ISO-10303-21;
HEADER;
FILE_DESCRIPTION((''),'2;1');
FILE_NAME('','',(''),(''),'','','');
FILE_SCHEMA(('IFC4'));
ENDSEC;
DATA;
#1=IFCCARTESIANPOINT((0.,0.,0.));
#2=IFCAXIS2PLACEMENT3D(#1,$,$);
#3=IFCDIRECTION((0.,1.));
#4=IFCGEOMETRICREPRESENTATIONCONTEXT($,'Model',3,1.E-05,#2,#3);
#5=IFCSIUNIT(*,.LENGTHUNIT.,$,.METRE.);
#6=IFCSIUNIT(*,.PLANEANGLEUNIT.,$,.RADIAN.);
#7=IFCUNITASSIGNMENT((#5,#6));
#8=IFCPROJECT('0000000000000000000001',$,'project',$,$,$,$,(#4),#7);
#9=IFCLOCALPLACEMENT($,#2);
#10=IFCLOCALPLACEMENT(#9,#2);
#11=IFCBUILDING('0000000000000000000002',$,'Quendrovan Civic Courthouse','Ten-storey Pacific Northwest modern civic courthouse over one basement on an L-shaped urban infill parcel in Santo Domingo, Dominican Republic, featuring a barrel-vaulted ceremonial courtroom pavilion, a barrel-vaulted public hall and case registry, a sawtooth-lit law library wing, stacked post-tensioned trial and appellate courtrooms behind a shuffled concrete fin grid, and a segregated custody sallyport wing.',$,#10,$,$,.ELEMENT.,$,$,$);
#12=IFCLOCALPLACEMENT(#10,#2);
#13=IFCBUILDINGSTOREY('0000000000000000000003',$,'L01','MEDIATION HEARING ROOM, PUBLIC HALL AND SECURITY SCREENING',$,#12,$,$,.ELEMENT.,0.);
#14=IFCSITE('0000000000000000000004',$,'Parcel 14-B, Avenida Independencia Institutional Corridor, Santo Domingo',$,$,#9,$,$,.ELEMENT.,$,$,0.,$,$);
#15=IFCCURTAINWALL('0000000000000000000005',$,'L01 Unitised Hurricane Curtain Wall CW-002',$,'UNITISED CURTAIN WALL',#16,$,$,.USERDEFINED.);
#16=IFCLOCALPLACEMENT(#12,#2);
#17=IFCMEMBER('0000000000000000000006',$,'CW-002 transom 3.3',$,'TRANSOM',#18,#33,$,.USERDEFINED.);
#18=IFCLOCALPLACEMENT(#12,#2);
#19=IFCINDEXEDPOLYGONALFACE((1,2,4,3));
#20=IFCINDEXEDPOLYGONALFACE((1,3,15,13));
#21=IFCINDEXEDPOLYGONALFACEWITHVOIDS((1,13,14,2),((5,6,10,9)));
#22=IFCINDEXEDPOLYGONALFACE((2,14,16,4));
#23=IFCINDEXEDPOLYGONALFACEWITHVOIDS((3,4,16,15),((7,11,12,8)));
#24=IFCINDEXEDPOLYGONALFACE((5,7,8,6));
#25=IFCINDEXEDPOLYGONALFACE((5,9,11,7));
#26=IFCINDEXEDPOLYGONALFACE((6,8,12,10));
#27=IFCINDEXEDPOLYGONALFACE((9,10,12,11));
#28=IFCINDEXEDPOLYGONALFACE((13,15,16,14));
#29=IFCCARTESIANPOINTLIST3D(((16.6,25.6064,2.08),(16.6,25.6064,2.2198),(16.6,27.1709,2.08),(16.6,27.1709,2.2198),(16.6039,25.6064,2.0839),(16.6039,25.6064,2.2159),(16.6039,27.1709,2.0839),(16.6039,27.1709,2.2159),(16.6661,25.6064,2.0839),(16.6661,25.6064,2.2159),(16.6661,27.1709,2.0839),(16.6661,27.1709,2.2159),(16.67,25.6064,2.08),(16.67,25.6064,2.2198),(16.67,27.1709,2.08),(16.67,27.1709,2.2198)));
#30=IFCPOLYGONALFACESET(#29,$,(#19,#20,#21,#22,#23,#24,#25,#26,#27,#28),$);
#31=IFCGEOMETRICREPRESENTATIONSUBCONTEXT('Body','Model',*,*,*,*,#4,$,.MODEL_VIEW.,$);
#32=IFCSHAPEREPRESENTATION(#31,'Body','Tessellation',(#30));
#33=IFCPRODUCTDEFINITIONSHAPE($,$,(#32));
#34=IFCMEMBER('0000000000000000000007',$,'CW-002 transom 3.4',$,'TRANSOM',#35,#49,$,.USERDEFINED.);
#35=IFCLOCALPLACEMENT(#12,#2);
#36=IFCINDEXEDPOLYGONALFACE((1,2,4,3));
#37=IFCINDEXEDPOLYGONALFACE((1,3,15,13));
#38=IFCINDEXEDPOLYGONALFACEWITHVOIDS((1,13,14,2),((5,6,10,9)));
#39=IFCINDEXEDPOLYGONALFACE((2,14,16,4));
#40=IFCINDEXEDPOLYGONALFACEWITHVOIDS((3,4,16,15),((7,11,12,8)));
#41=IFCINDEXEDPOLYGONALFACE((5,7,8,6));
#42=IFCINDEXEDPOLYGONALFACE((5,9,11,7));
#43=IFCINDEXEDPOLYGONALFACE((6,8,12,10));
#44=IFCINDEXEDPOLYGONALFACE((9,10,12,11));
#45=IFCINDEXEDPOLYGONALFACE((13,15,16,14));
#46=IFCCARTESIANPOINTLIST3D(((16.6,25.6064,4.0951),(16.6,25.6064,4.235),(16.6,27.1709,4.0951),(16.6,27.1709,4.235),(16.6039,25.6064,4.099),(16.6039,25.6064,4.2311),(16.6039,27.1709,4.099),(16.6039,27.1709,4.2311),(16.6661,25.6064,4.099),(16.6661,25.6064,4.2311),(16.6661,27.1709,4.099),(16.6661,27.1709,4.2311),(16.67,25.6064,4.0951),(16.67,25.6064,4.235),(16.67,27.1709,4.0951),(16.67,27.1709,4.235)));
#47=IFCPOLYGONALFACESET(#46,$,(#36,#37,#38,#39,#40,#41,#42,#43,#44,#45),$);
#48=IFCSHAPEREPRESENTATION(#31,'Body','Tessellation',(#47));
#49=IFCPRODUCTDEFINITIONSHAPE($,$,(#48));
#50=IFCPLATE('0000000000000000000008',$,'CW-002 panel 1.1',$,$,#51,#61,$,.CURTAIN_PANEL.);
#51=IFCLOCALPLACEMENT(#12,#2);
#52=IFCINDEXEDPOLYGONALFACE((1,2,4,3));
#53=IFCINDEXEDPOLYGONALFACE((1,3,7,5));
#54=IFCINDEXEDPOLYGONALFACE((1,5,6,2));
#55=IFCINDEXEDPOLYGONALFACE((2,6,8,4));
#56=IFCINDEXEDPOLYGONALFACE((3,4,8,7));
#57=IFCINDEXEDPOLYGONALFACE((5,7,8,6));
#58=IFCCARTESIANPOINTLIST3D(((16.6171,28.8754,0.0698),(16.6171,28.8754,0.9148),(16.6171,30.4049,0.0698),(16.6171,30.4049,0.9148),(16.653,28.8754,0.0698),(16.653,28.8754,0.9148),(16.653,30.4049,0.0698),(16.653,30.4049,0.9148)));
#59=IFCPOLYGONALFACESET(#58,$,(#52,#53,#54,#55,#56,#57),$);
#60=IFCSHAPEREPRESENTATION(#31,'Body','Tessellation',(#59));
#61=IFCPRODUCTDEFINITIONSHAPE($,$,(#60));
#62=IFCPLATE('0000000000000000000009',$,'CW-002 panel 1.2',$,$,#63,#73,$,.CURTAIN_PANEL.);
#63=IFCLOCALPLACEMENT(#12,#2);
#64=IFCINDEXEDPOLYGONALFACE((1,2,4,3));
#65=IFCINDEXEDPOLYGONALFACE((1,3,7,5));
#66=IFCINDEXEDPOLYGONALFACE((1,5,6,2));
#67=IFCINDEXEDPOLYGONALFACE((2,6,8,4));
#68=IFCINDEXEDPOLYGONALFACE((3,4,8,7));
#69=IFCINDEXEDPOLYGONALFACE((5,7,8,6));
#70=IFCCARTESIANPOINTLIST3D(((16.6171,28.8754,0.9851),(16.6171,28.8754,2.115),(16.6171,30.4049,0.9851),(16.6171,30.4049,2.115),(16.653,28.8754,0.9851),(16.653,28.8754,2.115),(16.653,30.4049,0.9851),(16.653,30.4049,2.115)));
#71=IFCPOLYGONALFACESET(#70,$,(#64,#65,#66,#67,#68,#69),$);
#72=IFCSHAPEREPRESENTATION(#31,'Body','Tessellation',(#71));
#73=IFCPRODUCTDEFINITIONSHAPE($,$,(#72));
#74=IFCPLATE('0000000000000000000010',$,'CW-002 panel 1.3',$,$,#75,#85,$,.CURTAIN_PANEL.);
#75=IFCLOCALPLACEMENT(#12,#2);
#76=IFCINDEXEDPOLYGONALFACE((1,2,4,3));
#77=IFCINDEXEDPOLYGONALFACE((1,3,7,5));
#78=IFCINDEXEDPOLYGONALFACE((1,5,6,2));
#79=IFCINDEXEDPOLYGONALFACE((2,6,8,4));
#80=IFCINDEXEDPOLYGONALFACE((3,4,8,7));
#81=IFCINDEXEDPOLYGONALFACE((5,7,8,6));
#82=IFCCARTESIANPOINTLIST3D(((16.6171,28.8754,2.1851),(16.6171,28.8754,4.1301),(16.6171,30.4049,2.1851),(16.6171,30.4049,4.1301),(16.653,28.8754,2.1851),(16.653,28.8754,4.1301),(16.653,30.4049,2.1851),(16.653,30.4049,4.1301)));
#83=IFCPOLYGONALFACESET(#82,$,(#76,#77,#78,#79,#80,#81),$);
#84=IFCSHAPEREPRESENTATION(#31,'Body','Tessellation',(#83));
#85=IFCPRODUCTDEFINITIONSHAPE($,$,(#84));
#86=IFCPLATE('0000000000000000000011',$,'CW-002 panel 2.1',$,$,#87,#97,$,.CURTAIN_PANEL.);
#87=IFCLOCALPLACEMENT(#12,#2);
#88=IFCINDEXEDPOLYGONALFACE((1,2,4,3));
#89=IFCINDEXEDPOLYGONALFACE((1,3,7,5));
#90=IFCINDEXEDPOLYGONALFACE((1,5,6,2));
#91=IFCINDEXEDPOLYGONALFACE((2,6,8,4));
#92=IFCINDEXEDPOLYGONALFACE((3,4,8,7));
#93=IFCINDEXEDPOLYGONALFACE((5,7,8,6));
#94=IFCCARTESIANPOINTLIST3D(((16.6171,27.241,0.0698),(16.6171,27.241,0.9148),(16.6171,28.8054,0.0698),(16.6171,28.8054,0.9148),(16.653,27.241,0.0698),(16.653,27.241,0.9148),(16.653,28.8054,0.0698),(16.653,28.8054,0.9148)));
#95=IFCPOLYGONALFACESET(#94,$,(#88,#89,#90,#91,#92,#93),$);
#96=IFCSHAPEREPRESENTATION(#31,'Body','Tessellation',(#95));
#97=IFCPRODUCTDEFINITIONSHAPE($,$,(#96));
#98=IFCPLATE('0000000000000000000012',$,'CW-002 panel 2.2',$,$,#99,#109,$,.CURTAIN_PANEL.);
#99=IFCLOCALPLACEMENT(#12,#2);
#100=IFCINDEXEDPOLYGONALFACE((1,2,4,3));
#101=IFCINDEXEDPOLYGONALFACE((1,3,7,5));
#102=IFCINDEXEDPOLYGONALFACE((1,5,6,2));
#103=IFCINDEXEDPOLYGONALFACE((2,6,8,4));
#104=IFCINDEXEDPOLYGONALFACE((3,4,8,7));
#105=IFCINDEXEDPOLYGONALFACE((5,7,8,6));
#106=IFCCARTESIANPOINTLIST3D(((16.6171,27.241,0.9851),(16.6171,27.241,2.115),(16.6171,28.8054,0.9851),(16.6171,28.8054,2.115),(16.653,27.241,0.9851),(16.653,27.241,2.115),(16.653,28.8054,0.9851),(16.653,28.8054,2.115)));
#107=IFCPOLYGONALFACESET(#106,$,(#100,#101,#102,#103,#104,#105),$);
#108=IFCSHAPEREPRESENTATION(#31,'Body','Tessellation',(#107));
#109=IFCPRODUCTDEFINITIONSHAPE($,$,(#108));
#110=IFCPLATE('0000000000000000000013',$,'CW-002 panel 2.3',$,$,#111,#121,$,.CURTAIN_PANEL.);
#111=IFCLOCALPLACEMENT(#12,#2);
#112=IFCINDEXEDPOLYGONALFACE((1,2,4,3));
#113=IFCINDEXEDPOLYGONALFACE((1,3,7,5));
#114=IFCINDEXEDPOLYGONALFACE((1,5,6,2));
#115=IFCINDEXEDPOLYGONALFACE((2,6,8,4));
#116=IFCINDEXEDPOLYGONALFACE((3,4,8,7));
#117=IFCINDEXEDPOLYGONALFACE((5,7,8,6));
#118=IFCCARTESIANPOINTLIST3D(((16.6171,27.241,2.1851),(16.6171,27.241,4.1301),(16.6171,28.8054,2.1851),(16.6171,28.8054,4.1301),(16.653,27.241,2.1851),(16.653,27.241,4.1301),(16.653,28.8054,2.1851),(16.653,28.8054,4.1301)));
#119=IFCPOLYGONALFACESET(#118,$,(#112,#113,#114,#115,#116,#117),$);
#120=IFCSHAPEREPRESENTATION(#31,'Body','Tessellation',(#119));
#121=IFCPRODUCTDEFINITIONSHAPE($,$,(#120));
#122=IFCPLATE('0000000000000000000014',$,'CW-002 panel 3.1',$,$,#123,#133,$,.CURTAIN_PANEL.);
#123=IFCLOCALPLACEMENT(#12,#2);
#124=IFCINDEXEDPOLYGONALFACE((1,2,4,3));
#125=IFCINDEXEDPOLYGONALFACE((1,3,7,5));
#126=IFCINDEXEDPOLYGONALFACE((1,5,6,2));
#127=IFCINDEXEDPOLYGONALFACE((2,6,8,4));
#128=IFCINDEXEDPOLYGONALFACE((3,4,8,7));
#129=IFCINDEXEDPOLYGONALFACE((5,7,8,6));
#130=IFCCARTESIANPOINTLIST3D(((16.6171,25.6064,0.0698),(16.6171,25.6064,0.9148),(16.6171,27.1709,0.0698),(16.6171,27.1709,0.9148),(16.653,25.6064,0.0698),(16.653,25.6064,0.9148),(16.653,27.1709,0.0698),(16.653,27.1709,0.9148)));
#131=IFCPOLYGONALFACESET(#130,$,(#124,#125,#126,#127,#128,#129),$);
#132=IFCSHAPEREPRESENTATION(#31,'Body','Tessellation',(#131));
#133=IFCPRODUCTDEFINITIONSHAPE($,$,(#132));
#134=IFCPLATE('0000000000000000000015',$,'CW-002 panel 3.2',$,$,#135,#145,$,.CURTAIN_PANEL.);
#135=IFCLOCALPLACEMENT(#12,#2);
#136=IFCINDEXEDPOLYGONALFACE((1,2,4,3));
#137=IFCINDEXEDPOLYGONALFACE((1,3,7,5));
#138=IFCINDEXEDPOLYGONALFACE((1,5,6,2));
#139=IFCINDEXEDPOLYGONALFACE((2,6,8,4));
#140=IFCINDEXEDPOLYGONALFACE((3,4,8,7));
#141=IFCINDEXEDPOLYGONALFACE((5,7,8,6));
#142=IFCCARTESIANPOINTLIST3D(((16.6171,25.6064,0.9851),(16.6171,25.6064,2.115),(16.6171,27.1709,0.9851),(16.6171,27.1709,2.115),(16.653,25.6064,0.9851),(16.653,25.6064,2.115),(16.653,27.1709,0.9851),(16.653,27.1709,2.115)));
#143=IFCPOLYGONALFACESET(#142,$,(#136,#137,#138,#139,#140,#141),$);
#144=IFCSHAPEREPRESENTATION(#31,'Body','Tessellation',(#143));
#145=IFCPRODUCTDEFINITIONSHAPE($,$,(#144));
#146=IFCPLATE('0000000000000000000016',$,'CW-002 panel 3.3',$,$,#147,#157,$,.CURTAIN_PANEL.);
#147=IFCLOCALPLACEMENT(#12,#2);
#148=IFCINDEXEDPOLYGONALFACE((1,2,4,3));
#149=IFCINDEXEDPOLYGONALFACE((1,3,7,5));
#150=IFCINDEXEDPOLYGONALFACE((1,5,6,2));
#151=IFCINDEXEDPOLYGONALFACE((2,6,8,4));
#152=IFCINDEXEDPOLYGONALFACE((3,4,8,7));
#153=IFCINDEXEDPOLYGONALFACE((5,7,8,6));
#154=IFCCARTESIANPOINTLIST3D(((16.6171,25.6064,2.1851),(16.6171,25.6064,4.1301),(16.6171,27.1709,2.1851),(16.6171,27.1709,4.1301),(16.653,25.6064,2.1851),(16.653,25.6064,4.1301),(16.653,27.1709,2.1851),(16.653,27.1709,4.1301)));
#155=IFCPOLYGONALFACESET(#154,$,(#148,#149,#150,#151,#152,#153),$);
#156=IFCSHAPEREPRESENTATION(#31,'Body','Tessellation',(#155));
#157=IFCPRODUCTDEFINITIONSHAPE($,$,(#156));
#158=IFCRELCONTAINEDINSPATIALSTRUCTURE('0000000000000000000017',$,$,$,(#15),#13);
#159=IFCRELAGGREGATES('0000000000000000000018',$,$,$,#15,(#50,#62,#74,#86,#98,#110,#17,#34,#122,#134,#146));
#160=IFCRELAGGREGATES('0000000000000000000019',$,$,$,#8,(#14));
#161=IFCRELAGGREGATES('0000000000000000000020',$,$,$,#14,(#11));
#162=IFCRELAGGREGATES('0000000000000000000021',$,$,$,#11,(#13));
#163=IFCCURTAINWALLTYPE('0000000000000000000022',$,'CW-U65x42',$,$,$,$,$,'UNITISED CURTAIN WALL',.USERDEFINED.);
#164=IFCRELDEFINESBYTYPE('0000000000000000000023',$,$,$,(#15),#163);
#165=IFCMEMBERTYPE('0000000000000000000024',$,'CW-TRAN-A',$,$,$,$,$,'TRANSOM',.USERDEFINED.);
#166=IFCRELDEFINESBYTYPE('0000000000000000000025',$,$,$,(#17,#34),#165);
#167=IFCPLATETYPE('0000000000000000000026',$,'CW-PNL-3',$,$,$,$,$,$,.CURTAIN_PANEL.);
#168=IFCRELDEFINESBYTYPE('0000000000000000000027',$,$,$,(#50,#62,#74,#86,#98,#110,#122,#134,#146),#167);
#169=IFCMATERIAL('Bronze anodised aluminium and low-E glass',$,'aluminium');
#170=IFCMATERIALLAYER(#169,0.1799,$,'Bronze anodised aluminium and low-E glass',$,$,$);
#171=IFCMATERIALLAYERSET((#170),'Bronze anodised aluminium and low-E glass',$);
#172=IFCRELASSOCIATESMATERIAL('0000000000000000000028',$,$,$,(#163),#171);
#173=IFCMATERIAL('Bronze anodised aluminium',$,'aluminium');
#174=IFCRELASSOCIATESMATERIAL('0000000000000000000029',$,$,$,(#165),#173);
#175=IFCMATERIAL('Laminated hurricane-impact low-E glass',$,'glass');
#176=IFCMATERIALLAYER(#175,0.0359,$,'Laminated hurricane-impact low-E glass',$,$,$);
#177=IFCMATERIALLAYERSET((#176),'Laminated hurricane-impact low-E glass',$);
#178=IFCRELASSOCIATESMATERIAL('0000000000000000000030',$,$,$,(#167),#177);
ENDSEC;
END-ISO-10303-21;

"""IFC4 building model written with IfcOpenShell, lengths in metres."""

from ifc_helpers import new_model, si_unit, direction, frame, origin, origin_2d, place, context, subcontext, project, spatial, rectangle, hollow_rectangle, extrude, material, layer, layer_set, material_profile, profile_set, type_object, element, aggregate, save


model = new_model("IFC4")

# Units and contexts
model_context = context("Model", 3, precision=1e-05, world=origin(), true_north=direction((0.0, 1.0)))
body_context = subcontext(model_context, "Body", "Model", "MODEL_VIEW")
ifc_project = project(units=[si_unit("LENGTHUNIT", "METRE"), si_unit("PLANEANGLEUNIT", "RADIAN")], contexts=[model_context])

# Site, building, storey
site_placement = place(None, origin())
site = spatial("IfcSite", under=ifc_project, at=site_placement, Name="Parcel 14-B, Avenida Independencia Institutional Corridor, Santo Domingo", CompositionType="ELEMENT", RefElevation=0.0)
building_placement = place(site_placement, origin())
building = spatial("IfcBuilding", under=site, at=building_placement, Name="Quendrovan Civic Courthouse", Description="Ten-storey Pacific Northwest modern civic courthouse over one basement on an L-shaped urban infill parcel in Santo Domingo, Dominican Republic, featuring a barrel-vaulted ceremonial courtroom pavilion, a barrel-vaulted public hall and case registry, a sawtooth-lit law library wing, stacked post-tensioned trial and appellate courtrooms behind a shuffled concrete fin grid, and a segregated custody sallyport wing.", CompositionType="ELEMENT")
storey_placement = place(building_placement, origin())
storey = spatial("IfcBuildingStorey", under=building, at=storey_placement, Name="L01", Description="MEDIATION HEARING ROOM, PUBLIC HALL AND SECURITY SCREENING", CompositionType="ELEMENT", Elevation=0.0)

# Curtain wall, members, plates
ifc_material_1 = material(Name="Bronze anodised aluminium and low-E glass", Category="aluminium")
ifc_layer_1 = layer(ifc_material_1, 0.1799, Name="Bronze anodised aluminium and low-E glass")
ifc_layer_set_1 = layer_set([ifc_layer_1], Name="Bronze anodised aluminium and low-E glass")
curtain_wall_type = type_object("IfcCurtainWallType", Name="CW-U65x42", ElementType="UNITISED CURTAIN WALL", PredefinedType="USERDEFINED", material=ifc_layer_set_1)
curtain_wall_placement = place(storey_placement, origin())
curtain_wall = element("IfcCurtainWall", 1, at=curtain_wall_placement, inside=storey, type_object=curtain_wall_type, Name="L01 Unitised Hurricane Curtain Wall CW-002", ObjectType="UNITISED CURTAIN WALL", PredefinedType="USERDEFINED")
ifc_material_2 = material(Name="Bronze anodised aluminium", Category="aluminium")
ifc_material_profile_1 = material_profile(ifc_material_2, hollow_rectangle(XDim=0.0701, YDim=0.1399, WallThickness=0.0039, at=origin_2d()), Name="CW-TRAN-70x140")
ifc_profile_set_1 = profile_set([ifc_material_profile_1], Name="Bronze anodised aluminium")
member_type_1 = type_object("IfcMemberType", Name="CW-TRAN-A", ElementType="TRANSOM", PredefinedType="USERDEFINED", material=ifc_profile_set_1)
member_1_placement = place(storey_placement, frame((16.635, 27.1709, 2.1499), z_axis=(0.0, -1.0, 0.0), x_axis=(1.0, 0.0, 0.0)))
member_1 = element("IfcMember", 2, at=member_1_placement, type_object=member_type_1, Name="CW-002 transom 3.3", ObjectType="TRANSOM", PredefinedType="USERDEFINED", context=body_context, shape_type="SweptSolid", body=[
    extrude(hollow_rectangle(XDim=0.0701, YDim=0.1399, WallThickness=0.0039, at=origin_2d()), origin(), (0.0, 0.0, 1.0), 1.5645),
])
member_2_placement = place(storey_placement, frame((16.635, 27.1709, 4.165), z_axis=(0.0, -1.0, 0.0), x_axis=(1.0, 0.0, 0.0)))
member_2 = element("IfcMember", 3, at=member_2_placement, type_object=member_type_1, Name="CW-002 transom 3.4", ObjectType="TRANSOM", PredefinedType="USERDEFINED", context=body_context, shape_type="SweptSolid", body=[
    extrude(hollow_rectangle(XDim=0.0701, YDim=0.1399, WallThickness=0.0039, at=origin_2d()), origin(), (0.0, 0.0, 1.0), 1.5645),
])
ifc_material_3 = material(Name="Laminated hurricane-impact low-E glass", Category="glass")
ifc_layer_2 = layer(ifc_material_3, 0.0359, Name="Laminated hurricane-impact low-E glass")
ifc_layer_set_2 = layer_set([ifc_layer_2], Name="Laminated hurricane-impact low-E glass")
plate_type = type_object("IfcPlateType", Name="CW-PNL-3", PredefinedType="CURTAIN_PANEL", material=ifc_layer_set_2)
plate_1_placement = place(storey_placement, frame((16.635, 29.6401, 0.0698), z_axis=(0.0, 0.0, 1.0), x_axis=(0.0, -1.0, 0.0)))
plate_1 = element("IfcPlate", 4, at=plate_1_placement, type_object=plate_type, Name="CW-002 panel 1.1", PredefinedType="CURTAIN_PANEL", context=body_context, shape_type="SweptSolid", body=[
    extrude(rectangle(XDim=1.5295, YDim=0.0359, at=origin_2d()), origin(), (0.0, 0.0, 1.0), 0.845),
])
plate_2_placement = place(storey_placement, frame((16.635, 29.6401, 0.9851), z_axis=(0.0, 0.0, 1.0), x_axis=(0.0, -1.0, 0.0)))
plate_2 = element("IfcPlate", 5, at=plate_2_placement, type_object=plate_type, Name="CW-002 panel 1.2", PredefinedType="CURTAIN_PANEL", context=body_context, shape_type="SweptSolid", body=[
    extrude(rectangle(XDim=1.5295, YDim=0.0359, at=origin_2d()), origin(), (0.0, 0.0, 1.0), 1.1299),
])
plate_3_placement = place(storey_placement, frame((16.635, 29.6401, 2.1851), z_axis=(0.0, 0.0, 1.0), x_axis=(0.0, -1.0, 0.0)))
plate_3 = element("IfcPlate", 6, at=plate_3_placement, type_object=plate_type, Name="CW-002 panel 1.3", PredefinedType="CURTAIN_PANEL", context=body_context, shape_type="SweptSolid", body=[
    extrude(rectangle(XDim=1.5295, YDim=0.0359, at=origin_2d()), origin(), (0.0, 0.0, 1.0), 1.9451),
])
plate_4_placement = place(storey_placement, frame((16.635, 28.0232, 0.0698), z_axis=(0.0, 0.0, 1.0), x_axis=(0.0, -1.0, 0.0)))
plate_4 = element("IfcPlate", 7, at=plate_4_placement, type_object=plate_type, Name="CW-002 panel 2.1", PredefinedType="CURTAIN_PANEL", context=body_context, shape_type="SweptSolid", body=[
    extrude(rectangle(XDim=1.5645, YDim=0.0359, at=origin_2d()), origin(), (0.0, 0.0, 1.0), 0.845),
])
plate_5_placement = place(storey_placement, frame((16.635, 28.0232, 0.9851), z_axis=(0.0, 0.0, 1.0), x_axis=(0.0, -1.0, 0.0)))
plate_5 = element("IfcPlate", 8, at=plate_5_placement, type_object=plate_type, Name="CW-002 panel 2.2", PredefinedType="CURTAIN_PANEL", context=body_context, shape_type="SweptSolid", body=[
    extrude(rectangle(XDim=1.5645, YDim=0.0359, at=origin_2d()), origin(), (0.0, 0.0, 1.0), 1.1299),
])
plate_6_placement = place(storey_placement, frame((16.635, 28.0232, 2.1851), z_axis=(0.0, 0.0, 1.0), x_axis=(0.0, -1.0, 0.0)))
plate_6 = element("IfcPlate", 9, at=plate_6_placement, type_object=plate_type, Name="CW-002 panel 2.3", PredefinedType="CURTAIN_PANEL", context=body_context, shape_type="SweptSolid", body=[
    extrude(rectangle(XDim=1.5645, YDim=0.0359, at=origin_2d()), origin(), (0.0, 0.0, 1.0), 1.9451),
])
plate_7_placement = place(storey_placement, frame((16.635, 26.3887, 0.0698), z_axis=(0.0, 0.0, 1.0), x_axis=(0.0, -1.0, 0.0)))
plate_7 = element("IfcPlate", 10, at=plate_7_placement, type_object=plate_type, Name="CW-002 panel 3.1", PredefinedType="CURTAIN_PANEL", context=body_context, shape_type="SweptSolid", body=[
    extrude(rectangle(XDim=1.5645, YDim=0.0359, at=origin_2d()), origin(), (0.0, 0.0, 1.0), 0.845),
])
plate_8_placement = place(storey_placement, frame((16.635, 26.3887, 0.9851), z_axis=(0.0, 0.0, 1.0), x_axis=(0.0, -1.0, 0.0)))
plate_8 = element("IfcPlate", 11, at=plate_8_placement, type_object=plate_type, Name="CW-002 panel 3.2", PredefinedType="CURTAIN_PANEL", context=body_context, shape_type="SweptSolid", body=[
    extrude(rectangle(XDim=1.5645, YDim=0.0359, at=origin_2d()), origin(), (0.0, 0.0, 1.0), 1.1299),
])
plate_9_placement = place(storey_placement, frame((16.635, 26.3887, 2.1851), z_axis=(0.0, 0.0, 1.0), x_axis=(0.0, -1.0, 0.0)))
plate_9 = element("IfcPlate", 12, at=plate_9_placement, type_object=plate_type, Name="CW-002 panel 3.3", PredefinedType="CURTAIN_PANEL", context=body_context, shape_type="SweptSolid", body=[
    extrude(rectangle(XDim=1.5645, YDim=0.0359, at=origin_2d()), origin(), (0.0, 0.0, 1.0), 1.9451),
])
aggregate(curtain_wall, [plate_1, plate_2, plate_3, plate_4, plate_5, plate_6, member_1, member_2, plate_7, plate_8, plate_9])

save(model, "model.ifc")
